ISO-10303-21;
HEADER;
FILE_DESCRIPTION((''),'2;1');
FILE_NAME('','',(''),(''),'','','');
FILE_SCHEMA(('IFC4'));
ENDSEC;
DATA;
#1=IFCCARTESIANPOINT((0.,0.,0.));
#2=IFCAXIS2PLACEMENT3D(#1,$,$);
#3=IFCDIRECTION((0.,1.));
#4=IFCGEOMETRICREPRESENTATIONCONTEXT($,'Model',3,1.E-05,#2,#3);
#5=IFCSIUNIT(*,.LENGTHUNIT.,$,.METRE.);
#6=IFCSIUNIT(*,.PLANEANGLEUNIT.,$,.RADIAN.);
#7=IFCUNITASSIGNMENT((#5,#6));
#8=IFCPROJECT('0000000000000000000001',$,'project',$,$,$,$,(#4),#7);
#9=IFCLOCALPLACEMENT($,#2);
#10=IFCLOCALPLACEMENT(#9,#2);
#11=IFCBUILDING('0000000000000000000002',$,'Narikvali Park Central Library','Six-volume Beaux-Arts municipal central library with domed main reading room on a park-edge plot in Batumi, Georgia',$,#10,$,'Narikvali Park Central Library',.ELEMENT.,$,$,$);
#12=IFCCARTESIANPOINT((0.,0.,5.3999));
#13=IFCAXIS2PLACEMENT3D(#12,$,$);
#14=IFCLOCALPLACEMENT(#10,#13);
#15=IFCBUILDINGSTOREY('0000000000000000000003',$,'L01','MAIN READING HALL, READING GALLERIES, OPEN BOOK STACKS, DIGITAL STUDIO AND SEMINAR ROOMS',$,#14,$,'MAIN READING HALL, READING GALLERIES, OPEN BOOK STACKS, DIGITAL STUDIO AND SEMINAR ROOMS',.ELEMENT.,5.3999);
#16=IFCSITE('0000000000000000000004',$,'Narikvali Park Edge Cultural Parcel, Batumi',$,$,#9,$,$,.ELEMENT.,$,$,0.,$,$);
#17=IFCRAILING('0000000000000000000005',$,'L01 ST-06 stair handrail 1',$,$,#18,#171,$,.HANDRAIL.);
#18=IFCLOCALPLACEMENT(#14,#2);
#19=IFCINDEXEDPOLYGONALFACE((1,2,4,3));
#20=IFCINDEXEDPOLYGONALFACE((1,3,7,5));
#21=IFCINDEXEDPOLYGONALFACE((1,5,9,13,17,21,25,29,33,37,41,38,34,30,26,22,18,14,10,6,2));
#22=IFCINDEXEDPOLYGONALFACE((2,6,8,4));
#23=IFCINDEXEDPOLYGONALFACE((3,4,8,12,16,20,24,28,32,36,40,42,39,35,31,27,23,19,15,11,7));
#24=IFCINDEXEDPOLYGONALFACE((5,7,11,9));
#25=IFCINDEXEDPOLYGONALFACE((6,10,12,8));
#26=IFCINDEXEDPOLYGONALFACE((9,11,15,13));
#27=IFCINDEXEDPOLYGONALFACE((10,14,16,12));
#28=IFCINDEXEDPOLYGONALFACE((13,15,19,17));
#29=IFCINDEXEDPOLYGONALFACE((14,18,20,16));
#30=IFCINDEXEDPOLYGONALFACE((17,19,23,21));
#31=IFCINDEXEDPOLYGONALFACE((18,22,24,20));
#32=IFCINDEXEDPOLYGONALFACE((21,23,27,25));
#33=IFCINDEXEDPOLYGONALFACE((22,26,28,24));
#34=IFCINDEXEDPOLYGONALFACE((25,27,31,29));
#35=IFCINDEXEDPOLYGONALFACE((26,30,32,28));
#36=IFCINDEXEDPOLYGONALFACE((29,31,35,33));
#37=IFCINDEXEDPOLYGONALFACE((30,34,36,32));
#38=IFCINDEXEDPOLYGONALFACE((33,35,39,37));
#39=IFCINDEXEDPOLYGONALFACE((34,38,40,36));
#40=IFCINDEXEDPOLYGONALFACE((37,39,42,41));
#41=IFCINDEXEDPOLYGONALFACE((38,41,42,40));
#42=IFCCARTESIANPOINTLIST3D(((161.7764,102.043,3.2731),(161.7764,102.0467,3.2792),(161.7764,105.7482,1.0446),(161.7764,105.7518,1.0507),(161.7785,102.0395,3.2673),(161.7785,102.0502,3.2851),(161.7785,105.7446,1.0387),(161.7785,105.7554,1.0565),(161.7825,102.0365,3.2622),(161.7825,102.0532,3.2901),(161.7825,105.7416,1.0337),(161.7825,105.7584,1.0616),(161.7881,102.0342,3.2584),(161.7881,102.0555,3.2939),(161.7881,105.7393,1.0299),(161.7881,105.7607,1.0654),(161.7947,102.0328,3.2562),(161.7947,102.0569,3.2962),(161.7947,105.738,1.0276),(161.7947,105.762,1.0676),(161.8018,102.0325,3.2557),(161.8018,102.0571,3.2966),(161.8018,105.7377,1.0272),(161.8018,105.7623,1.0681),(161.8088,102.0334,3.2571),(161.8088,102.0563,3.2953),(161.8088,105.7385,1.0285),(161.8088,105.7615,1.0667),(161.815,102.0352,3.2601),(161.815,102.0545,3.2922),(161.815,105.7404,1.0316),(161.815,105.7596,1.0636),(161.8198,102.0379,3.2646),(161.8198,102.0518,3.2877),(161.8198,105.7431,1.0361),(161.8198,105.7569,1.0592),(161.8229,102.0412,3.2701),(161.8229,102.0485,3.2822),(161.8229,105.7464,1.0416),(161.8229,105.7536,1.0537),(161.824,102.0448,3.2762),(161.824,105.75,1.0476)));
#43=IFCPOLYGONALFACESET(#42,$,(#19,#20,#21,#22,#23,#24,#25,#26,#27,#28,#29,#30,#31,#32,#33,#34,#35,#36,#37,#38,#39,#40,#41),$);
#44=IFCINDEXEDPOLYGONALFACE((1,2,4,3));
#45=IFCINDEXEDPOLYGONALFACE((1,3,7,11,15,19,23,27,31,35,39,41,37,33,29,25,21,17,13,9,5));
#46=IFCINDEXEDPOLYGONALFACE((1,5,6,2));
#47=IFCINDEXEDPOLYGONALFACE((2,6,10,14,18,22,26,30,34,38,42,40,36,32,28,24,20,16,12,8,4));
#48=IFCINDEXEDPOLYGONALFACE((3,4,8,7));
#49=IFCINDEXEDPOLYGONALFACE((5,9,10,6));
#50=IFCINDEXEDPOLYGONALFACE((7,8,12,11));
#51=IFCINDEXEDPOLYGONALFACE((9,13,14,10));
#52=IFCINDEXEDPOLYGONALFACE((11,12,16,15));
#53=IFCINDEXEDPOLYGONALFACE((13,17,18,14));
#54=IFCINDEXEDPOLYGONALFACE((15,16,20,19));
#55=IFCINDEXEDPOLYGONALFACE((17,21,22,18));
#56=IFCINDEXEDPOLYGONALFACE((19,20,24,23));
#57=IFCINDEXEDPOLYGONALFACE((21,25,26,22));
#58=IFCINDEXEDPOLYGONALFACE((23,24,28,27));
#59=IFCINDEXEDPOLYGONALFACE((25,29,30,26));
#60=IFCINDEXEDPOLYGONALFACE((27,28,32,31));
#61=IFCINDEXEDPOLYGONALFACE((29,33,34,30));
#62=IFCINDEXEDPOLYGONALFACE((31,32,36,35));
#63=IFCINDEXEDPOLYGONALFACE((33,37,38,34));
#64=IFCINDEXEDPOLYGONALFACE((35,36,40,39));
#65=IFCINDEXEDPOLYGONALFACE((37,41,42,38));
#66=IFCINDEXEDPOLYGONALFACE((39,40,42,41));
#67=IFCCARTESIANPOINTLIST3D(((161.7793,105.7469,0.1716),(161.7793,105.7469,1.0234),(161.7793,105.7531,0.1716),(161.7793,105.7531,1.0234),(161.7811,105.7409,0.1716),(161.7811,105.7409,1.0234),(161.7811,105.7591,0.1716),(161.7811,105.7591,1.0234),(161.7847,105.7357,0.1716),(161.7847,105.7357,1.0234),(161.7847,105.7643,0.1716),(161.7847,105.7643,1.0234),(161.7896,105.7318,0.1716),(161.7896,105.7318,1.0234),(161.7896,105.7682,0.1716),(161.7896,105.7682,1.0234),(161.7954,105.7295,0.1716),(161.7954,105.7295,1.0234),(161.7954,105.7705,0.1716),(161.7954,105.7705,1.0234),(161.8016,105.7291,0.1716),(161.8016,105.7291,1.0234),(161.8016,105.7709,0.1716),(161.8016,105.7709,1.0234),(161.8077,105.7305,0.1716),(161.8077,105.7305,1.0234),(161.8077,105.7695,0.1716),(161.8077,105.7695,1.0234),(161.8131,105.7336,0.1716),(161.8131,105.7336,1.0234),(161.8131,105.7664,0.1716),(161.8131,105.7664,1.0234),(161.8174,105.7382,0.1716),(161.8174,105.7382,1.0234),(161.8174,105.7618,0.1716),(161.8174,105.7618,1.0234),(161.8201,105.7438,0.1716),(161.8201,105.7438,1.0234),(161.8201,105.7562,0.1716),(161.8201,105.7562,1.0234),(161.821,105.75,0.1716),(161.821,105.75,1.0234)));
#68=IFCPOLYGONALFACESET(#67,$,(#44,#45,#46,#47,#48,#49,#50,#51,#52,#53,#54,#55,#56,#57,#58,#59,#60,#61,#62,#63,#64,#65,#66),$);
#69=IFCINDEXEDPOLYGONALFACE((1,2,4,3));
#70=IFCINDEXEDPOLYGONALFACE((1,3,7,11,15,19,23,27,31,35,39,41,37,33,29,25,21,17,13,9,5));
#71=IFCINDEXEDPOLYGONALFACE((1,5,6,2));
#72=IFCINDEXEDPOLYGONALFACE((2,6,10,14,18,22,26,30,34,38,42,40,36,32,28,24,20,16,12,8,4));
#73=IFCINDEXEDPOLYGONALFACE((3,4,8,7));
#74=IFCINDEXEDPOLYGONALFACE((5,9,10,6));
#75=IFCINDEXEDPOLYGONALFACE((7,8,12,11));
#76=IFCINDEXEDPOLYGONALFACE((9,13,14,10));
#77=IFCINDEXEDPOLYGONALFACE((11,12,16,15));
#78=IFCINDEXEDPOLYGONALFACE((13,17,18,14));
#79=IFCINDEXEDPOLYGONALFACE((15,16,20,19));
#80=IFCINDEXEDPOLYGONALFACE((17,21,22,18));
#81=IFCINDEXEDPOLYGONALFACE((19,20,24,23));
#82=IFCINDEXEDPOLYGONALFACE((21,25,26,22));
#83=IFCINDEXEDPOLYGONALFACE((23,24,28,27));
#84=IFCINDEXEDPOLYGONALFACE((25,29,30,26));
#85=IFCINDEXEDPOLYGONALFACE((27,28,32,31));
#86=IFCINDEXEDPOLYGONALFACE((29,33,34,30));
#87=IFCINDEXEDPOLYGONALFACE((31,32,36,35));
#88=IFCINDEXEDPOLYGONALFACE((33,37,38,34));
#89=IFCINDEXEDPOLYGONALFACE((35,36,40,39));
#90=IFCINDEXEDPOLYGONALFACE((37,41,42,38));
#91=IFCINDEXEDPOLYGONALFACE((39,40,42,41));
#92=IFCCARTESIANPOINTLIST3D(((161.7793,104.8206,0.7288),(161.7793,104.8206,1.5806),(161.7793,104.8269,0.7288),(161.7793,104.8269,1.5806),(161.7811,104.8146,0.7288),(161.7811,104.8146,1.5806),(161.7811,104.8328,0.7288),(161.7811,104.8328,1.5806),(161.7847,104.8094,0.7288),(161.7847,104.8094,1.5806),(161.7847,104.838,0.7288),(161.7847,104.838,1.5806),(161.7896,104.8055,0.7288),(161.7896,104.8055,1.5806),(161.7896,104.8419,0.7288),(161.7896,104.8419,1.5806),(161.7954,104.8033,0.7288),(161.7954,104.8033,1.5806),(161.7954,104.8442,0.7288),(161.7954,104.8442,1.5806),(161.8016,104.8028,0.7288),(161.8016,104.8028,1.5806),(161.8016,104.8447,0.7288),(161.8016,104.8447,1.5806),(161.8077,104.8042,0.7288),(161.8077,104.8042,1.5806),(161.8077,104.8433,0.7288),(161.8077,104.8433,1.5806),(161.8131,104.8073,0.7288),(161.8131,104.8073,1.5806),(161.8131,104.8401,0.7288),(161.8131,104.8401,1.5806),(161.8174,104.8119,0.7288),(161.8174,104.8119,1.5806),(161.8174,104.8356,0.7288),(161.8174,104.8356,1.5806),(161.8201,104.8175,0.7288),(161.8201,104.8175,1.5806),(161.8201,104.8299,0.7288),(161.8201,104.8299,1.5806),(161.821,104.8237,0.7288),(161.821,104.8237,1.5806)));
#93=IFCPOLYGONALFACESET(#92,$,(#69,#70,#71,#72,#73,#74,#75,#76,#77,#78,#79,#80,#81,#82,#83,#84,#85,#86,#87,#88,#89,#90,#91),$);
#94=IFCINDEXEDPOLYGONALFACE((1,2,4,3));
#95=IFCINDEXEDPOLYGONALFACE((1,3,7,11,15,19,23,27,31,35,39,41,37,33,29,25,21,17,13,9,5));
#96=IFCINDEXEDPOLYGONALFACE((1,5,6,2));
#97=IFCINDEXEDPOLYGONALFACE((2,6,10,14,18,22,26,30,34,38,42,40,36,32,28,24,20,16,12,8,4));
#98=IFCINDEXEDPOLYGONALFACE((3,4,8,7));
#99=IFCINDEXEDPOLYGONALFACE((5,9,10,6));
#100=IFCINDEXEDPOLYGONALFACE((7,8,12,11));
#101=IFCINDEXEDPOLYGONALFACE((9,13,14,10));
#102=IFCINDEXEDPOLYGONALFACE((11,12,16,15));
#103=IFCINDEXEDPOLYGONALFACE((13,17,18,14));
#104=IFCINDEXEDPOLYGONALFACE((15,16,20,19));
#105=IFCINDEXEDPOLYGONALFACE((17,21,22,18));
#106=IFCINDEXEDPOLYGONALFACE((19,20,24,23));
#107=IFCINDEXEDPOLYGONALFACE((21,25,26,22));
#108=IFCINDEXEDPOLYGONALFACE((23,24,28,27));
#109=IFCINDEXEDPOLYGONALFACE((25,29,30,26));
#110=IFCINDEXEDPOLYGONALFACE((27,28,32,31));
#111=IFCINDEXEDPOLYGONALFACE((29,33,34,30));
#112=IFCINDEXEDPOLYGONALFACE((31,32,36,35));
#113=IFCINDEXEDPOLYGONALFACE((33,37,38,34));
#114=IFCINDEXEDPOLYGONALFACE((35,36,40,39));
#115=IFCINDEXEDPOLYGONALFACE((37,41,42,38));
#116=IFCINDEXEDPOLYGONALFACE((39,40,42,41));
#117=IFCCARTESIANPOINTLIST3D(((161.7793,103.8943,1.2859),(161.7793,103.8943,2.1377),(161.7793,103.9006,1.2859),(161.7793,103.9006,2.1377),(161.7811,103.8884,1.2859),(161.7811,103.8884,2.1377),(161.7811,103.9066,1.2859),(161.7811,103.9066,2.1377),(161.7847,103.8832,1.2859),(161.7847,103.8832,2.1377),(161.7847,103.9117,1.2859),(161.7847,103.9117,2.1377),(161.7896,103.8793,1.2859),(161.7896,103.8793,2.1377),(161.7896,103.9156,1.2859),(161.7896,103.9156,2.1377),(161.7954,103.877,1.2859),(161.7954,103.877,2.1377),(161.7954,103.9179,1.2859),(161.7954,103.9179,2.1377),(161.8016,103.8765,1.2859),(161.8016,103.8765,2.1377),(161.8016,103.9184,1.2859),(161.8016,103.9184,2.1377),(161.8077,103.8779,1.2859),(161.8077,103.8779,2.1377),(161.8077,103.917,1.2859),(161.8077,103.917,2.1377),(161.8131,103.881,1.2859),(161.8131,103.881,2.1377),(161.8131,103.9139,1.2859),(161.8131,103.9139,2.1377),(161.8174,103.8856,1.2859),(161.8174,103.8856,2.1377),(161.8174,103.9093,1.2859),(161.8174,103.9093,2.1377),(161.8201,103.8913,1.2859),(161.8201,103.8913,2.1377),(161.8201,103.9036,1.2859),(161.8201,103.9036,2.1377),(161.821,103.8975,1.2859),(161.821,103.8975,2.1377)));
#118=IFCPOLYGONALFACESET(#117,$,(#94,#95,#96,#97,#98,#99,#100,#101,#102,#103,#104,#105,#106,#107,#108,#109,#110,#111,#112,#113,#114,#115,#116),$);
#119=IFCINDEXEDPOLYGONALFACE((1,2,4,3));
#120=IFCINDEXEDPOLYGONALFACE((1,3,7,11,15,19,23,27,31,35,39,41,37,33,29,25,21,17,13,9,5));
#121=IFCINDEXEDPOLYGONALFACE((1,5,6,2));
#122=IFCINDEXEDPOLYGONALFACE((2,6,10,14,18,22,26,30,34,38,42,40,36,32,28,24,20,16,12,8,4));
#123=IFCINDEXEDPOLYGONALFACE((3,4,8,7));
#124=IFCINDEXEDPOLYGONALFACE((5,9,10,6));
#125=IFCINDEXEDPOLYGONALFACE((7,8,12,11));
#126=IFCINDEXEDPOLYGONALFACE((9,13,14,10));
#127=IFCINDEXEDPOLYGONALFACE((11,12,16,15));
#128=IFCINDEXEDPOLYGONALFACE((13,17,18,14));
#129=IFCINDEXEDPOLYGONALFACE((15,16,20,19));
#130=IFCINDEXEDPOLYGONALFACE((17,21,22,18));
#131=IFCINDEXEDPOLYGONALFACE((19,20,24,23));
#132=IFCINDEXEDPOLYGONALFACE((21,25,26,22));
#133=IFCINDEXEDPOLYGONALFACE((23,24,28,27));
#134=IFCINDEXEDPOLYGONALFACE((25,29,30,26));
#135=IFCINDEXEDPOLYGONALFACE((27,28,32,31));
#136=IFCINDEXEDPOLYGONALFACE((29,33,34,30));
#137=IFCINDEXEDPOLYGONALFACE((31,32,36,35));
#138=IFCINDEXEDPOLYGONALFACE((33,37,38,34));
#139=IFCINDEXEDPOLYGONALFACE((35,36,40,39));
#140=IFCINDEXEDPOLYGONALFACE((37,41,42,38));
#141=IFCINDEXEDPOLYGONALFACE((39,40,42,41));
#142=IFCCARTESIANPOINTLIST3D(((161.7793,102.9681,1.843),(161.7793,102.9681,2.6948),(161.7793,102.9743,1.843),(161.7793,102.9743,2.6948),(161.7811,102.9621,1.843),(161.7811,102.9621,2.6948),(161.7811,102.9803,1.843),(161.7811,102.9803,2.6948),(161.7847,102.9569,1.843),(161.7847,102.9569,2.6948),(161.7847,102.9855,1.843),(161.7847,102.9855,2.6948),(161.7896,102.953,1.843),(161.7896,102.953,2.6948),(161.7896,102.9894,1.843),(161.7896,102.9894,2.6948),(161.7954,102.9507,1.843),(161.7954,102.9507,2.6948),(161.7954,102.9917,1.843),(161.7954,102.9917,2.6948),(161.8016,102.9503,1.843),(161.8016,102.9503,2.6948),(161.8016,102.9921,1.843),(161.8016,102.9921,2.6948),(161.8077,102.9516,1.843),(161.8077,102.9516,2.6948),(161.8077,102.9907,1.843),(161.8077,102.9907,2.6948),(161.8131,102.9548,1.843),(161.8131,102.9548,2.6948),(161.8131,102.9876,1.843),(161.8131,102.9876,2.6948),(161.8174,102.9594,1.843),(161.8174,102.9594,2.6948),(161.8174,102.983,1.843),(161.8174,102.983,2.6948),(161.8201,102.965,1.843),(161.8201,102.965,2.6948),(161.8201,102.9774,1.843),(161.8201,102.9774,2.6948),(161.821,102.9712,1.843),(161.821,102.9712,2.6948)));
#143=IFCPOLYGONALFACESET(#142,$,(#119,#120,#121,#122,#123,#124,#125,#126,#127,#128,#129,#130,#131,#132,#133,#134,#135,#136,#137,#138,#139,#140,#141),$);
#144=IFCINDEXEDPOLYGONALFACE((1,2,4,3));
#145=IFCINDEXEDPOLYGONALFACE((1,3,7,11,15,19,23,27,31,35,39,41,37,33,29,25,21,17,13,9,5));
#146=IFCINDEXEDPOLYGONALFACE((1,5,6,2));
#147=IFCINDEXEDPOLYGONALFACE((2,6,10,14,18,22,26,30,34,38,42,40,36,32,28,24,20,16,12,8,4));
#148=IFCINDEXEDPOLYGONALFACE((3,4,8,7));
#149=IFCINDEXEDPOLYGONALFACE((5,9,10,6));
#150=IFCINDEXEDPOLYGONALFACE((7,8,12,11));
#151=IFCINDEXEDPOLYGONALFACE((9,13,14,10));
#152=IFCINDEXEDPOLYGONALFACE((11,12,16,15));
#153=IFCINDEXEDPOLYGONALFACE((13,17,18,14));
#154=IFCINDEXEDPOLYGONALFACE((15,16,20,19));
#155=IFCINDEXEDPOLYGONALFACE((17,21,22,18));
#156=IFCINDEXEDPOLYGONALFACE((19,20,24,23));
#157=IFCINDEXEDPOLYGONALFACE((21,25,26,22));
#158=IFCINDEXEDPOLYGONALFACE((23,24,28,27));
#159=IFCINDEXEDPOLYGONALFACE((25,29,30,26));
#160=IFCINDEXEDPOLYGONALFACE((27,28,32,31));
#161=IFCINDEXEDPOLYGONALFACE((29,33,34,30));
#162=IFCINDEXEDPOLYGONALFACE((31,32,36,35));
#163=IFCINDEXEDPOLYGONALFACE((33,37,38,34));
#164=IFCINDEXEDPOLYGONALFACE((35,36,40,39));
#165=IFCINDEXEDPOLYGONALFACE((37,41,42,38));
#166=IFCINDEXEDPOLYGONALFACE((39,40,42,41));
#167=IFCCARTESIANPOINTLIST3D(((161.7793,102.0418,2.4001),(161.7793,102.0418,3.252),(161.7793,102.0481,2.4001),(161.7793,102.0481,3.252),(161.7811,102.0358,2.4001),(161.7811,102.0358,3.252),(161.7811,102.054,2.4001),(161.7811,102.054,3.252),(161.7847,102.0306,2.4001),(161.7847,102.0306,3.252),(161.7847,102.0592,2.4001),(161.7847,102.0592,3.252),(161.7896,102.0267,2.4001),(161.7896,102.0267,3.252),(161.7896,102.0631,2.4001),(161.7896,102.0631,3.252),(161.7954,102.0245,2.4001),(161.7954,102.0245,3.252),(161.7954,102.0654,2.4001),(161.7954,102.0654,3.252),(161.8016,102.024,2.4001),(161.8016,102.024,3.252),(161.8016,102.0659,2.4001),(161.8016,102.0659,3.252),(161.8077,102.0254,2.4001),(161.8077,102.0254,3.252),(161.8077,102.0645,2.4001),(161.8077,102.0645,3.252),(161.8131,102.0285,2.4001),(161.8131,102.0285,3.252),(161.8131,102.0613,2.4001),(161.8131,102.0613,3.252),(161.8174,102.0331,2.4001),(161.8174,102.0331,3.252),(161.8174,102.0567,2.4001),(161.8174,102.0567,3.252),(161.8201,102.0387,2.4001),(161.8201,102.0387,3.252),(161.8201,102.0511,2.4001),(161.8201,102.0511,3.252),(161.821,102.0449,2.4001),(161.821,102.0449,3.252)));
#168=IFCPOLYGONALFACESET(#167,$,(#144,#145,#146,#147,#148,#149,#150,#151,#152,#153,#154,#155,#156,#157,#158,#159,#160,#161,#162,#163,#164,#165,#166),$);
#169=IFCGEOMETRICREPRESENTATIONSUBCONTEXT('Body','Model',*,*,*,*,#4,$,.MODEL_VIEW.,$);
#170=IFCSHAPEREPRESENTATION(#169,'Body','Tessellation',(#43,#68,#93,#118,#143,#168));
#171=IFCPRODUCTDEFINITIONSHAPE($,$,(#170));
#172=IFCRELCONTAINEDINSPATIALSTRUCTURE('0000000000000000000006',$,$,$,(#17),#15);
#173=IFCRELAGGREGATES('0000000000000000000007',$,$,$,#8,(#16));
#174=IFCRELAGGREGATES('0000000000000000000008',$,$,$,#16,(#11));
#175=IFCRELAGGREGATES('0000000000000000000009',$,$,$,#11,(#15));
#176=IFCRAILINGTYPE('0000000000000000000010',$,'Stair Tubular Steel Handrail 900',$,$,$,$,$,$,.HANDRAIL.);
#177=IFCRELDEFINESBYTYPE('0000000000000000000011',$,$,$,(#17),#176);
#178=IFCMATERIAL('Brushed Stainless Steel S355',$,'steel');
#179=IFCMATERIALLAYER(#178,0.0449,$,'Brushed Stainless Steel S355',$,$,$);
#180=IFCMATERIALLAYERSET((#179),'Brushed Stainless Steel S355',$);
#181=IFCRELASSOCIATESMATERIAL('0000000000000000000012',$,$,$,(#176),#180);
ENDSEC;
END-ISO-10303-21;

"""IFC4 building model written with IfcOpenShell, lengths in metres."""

from ifc_helpers import new_model, si_unit, direction, frame, origin, origin_2d, place, context, subcontext, project, spatial, circle, extrude, material, layer, layer_set, type_object, element, save


model = new_model("IFC4")

# Units and contexts
model_context = context("Model", 3, precision=1e-05, world=origin(), true_north=direction((0.0, 1.0)))
body_context = subcontext(model_context, "Body", "Model", "MODEL_VIEW")
ifc_project = project(units=[si_unit("LENGTHUNIT", "METRE"), si_unit("PLANEANGLEUNIT", "RADIAN")], contexts=[model_context])

# Site, building, storey
site_placement = place(None, origin())
site = spatial("IfcSite", under=ifc_project, at=site_placement, Name="Narikvali Park Edge Cultural Parcel, Batumi", CompositionType="ELEMENT", RefElevation=0.0)
building_placement = place(site_placement, origin())
building = spatial("IfcBuilding", under=site, at=building_placement, Name="Narikvali Park Central Library", Description="Six-volume Beaux-Arts municipal central library with domed main reading room on a park-edge plot in Batumi, Georgia", LongName="Narikvali Park Central Library", CompositionType="ELEMENT")
storey_placement = place(building_placement, frame((0.0, 0.0, 5.3999)))
storey = spatial("IfcBuildingStorey", under=building, at=storey_placement, Name="L01", Description="MAIN READING HALL, READING GALLERIES, OPEN BOOK STACKS, DIGITAL STUDIO AND SEMINAR ROOMS", LongName="MAIN READING HALL, READING GALLERIES, OPEN BOOK STACKS, DIGITAL STUDIO AND SEMINAR ROOMS", CompositionType="ELEMENT", Elevation=5.3999)

# Railing
ifc_material_1 = material(Name="Brushed Stainless Steel S355", Category="steel")
ifc_layer_1 = layer(ifc_material_1, 0.0449, Name="Brushed Stainless Steel S355")
ifc_layer_set_1 = layer_set([ifc_layer_1], Name="Brushed Stainless Steel S355")
railing_type_1 = type_object("IfcRailingType", Name="Stair Tubular Steel Handrail 900", PredefinedType="HANDRAIL", material=ifc_layer_set_1)
railing_1_placement = place(storey_placement, frame((161.8, 105.75, 0.1716)))
element("IfcRailing", 1, at=railing_1_placement, inside=storey, type_object=railing_type_1, Name="L01 ST-06 stair handrail 1", PredefinedType="HANDRAIL", context=body_context, shape_type="SweptSolid", body=[
    extrude(circle(Radius=0.0239, at=origin_2d()), frame((0.0, 0.0, 0.876), z_axis=(0.0, -0.856934, 0.515425), x_axis=(1.0, 0.0, 0.0)), (0.0, 0.0, 1.0), 4.3237),
    extrude(circle(Radius=0.021, at=origin_2d()), origin(), (0.0, 0.0, 1.0), 0.8518),
    extrude(circle(Radius=0.021, at=origin_2d()), frame((0.0, -0.9263, 0.5571)), (0.0, 0.0, 1.0), 0.8518),
    extrude(circle(Radius=0.021, at=origin_2d()), frame((0.0, -1.8525, 1.1143)), (0.0, 0.0, 1.0), 0.8518),
    extrude(circle(Radius=0.021, at=origin_2d()), frame((0.0, -2.7788, 1.6714)), (0.0, 0.0, 1.0), 0.8518),
    extrude(circle(Radius=0.021, at=origin_2d()), frame((0.0, -3.7051, 2.2285)), (0.0, 0.0, 1.0), 0.8518),
])

save(model, "model.ifc")
